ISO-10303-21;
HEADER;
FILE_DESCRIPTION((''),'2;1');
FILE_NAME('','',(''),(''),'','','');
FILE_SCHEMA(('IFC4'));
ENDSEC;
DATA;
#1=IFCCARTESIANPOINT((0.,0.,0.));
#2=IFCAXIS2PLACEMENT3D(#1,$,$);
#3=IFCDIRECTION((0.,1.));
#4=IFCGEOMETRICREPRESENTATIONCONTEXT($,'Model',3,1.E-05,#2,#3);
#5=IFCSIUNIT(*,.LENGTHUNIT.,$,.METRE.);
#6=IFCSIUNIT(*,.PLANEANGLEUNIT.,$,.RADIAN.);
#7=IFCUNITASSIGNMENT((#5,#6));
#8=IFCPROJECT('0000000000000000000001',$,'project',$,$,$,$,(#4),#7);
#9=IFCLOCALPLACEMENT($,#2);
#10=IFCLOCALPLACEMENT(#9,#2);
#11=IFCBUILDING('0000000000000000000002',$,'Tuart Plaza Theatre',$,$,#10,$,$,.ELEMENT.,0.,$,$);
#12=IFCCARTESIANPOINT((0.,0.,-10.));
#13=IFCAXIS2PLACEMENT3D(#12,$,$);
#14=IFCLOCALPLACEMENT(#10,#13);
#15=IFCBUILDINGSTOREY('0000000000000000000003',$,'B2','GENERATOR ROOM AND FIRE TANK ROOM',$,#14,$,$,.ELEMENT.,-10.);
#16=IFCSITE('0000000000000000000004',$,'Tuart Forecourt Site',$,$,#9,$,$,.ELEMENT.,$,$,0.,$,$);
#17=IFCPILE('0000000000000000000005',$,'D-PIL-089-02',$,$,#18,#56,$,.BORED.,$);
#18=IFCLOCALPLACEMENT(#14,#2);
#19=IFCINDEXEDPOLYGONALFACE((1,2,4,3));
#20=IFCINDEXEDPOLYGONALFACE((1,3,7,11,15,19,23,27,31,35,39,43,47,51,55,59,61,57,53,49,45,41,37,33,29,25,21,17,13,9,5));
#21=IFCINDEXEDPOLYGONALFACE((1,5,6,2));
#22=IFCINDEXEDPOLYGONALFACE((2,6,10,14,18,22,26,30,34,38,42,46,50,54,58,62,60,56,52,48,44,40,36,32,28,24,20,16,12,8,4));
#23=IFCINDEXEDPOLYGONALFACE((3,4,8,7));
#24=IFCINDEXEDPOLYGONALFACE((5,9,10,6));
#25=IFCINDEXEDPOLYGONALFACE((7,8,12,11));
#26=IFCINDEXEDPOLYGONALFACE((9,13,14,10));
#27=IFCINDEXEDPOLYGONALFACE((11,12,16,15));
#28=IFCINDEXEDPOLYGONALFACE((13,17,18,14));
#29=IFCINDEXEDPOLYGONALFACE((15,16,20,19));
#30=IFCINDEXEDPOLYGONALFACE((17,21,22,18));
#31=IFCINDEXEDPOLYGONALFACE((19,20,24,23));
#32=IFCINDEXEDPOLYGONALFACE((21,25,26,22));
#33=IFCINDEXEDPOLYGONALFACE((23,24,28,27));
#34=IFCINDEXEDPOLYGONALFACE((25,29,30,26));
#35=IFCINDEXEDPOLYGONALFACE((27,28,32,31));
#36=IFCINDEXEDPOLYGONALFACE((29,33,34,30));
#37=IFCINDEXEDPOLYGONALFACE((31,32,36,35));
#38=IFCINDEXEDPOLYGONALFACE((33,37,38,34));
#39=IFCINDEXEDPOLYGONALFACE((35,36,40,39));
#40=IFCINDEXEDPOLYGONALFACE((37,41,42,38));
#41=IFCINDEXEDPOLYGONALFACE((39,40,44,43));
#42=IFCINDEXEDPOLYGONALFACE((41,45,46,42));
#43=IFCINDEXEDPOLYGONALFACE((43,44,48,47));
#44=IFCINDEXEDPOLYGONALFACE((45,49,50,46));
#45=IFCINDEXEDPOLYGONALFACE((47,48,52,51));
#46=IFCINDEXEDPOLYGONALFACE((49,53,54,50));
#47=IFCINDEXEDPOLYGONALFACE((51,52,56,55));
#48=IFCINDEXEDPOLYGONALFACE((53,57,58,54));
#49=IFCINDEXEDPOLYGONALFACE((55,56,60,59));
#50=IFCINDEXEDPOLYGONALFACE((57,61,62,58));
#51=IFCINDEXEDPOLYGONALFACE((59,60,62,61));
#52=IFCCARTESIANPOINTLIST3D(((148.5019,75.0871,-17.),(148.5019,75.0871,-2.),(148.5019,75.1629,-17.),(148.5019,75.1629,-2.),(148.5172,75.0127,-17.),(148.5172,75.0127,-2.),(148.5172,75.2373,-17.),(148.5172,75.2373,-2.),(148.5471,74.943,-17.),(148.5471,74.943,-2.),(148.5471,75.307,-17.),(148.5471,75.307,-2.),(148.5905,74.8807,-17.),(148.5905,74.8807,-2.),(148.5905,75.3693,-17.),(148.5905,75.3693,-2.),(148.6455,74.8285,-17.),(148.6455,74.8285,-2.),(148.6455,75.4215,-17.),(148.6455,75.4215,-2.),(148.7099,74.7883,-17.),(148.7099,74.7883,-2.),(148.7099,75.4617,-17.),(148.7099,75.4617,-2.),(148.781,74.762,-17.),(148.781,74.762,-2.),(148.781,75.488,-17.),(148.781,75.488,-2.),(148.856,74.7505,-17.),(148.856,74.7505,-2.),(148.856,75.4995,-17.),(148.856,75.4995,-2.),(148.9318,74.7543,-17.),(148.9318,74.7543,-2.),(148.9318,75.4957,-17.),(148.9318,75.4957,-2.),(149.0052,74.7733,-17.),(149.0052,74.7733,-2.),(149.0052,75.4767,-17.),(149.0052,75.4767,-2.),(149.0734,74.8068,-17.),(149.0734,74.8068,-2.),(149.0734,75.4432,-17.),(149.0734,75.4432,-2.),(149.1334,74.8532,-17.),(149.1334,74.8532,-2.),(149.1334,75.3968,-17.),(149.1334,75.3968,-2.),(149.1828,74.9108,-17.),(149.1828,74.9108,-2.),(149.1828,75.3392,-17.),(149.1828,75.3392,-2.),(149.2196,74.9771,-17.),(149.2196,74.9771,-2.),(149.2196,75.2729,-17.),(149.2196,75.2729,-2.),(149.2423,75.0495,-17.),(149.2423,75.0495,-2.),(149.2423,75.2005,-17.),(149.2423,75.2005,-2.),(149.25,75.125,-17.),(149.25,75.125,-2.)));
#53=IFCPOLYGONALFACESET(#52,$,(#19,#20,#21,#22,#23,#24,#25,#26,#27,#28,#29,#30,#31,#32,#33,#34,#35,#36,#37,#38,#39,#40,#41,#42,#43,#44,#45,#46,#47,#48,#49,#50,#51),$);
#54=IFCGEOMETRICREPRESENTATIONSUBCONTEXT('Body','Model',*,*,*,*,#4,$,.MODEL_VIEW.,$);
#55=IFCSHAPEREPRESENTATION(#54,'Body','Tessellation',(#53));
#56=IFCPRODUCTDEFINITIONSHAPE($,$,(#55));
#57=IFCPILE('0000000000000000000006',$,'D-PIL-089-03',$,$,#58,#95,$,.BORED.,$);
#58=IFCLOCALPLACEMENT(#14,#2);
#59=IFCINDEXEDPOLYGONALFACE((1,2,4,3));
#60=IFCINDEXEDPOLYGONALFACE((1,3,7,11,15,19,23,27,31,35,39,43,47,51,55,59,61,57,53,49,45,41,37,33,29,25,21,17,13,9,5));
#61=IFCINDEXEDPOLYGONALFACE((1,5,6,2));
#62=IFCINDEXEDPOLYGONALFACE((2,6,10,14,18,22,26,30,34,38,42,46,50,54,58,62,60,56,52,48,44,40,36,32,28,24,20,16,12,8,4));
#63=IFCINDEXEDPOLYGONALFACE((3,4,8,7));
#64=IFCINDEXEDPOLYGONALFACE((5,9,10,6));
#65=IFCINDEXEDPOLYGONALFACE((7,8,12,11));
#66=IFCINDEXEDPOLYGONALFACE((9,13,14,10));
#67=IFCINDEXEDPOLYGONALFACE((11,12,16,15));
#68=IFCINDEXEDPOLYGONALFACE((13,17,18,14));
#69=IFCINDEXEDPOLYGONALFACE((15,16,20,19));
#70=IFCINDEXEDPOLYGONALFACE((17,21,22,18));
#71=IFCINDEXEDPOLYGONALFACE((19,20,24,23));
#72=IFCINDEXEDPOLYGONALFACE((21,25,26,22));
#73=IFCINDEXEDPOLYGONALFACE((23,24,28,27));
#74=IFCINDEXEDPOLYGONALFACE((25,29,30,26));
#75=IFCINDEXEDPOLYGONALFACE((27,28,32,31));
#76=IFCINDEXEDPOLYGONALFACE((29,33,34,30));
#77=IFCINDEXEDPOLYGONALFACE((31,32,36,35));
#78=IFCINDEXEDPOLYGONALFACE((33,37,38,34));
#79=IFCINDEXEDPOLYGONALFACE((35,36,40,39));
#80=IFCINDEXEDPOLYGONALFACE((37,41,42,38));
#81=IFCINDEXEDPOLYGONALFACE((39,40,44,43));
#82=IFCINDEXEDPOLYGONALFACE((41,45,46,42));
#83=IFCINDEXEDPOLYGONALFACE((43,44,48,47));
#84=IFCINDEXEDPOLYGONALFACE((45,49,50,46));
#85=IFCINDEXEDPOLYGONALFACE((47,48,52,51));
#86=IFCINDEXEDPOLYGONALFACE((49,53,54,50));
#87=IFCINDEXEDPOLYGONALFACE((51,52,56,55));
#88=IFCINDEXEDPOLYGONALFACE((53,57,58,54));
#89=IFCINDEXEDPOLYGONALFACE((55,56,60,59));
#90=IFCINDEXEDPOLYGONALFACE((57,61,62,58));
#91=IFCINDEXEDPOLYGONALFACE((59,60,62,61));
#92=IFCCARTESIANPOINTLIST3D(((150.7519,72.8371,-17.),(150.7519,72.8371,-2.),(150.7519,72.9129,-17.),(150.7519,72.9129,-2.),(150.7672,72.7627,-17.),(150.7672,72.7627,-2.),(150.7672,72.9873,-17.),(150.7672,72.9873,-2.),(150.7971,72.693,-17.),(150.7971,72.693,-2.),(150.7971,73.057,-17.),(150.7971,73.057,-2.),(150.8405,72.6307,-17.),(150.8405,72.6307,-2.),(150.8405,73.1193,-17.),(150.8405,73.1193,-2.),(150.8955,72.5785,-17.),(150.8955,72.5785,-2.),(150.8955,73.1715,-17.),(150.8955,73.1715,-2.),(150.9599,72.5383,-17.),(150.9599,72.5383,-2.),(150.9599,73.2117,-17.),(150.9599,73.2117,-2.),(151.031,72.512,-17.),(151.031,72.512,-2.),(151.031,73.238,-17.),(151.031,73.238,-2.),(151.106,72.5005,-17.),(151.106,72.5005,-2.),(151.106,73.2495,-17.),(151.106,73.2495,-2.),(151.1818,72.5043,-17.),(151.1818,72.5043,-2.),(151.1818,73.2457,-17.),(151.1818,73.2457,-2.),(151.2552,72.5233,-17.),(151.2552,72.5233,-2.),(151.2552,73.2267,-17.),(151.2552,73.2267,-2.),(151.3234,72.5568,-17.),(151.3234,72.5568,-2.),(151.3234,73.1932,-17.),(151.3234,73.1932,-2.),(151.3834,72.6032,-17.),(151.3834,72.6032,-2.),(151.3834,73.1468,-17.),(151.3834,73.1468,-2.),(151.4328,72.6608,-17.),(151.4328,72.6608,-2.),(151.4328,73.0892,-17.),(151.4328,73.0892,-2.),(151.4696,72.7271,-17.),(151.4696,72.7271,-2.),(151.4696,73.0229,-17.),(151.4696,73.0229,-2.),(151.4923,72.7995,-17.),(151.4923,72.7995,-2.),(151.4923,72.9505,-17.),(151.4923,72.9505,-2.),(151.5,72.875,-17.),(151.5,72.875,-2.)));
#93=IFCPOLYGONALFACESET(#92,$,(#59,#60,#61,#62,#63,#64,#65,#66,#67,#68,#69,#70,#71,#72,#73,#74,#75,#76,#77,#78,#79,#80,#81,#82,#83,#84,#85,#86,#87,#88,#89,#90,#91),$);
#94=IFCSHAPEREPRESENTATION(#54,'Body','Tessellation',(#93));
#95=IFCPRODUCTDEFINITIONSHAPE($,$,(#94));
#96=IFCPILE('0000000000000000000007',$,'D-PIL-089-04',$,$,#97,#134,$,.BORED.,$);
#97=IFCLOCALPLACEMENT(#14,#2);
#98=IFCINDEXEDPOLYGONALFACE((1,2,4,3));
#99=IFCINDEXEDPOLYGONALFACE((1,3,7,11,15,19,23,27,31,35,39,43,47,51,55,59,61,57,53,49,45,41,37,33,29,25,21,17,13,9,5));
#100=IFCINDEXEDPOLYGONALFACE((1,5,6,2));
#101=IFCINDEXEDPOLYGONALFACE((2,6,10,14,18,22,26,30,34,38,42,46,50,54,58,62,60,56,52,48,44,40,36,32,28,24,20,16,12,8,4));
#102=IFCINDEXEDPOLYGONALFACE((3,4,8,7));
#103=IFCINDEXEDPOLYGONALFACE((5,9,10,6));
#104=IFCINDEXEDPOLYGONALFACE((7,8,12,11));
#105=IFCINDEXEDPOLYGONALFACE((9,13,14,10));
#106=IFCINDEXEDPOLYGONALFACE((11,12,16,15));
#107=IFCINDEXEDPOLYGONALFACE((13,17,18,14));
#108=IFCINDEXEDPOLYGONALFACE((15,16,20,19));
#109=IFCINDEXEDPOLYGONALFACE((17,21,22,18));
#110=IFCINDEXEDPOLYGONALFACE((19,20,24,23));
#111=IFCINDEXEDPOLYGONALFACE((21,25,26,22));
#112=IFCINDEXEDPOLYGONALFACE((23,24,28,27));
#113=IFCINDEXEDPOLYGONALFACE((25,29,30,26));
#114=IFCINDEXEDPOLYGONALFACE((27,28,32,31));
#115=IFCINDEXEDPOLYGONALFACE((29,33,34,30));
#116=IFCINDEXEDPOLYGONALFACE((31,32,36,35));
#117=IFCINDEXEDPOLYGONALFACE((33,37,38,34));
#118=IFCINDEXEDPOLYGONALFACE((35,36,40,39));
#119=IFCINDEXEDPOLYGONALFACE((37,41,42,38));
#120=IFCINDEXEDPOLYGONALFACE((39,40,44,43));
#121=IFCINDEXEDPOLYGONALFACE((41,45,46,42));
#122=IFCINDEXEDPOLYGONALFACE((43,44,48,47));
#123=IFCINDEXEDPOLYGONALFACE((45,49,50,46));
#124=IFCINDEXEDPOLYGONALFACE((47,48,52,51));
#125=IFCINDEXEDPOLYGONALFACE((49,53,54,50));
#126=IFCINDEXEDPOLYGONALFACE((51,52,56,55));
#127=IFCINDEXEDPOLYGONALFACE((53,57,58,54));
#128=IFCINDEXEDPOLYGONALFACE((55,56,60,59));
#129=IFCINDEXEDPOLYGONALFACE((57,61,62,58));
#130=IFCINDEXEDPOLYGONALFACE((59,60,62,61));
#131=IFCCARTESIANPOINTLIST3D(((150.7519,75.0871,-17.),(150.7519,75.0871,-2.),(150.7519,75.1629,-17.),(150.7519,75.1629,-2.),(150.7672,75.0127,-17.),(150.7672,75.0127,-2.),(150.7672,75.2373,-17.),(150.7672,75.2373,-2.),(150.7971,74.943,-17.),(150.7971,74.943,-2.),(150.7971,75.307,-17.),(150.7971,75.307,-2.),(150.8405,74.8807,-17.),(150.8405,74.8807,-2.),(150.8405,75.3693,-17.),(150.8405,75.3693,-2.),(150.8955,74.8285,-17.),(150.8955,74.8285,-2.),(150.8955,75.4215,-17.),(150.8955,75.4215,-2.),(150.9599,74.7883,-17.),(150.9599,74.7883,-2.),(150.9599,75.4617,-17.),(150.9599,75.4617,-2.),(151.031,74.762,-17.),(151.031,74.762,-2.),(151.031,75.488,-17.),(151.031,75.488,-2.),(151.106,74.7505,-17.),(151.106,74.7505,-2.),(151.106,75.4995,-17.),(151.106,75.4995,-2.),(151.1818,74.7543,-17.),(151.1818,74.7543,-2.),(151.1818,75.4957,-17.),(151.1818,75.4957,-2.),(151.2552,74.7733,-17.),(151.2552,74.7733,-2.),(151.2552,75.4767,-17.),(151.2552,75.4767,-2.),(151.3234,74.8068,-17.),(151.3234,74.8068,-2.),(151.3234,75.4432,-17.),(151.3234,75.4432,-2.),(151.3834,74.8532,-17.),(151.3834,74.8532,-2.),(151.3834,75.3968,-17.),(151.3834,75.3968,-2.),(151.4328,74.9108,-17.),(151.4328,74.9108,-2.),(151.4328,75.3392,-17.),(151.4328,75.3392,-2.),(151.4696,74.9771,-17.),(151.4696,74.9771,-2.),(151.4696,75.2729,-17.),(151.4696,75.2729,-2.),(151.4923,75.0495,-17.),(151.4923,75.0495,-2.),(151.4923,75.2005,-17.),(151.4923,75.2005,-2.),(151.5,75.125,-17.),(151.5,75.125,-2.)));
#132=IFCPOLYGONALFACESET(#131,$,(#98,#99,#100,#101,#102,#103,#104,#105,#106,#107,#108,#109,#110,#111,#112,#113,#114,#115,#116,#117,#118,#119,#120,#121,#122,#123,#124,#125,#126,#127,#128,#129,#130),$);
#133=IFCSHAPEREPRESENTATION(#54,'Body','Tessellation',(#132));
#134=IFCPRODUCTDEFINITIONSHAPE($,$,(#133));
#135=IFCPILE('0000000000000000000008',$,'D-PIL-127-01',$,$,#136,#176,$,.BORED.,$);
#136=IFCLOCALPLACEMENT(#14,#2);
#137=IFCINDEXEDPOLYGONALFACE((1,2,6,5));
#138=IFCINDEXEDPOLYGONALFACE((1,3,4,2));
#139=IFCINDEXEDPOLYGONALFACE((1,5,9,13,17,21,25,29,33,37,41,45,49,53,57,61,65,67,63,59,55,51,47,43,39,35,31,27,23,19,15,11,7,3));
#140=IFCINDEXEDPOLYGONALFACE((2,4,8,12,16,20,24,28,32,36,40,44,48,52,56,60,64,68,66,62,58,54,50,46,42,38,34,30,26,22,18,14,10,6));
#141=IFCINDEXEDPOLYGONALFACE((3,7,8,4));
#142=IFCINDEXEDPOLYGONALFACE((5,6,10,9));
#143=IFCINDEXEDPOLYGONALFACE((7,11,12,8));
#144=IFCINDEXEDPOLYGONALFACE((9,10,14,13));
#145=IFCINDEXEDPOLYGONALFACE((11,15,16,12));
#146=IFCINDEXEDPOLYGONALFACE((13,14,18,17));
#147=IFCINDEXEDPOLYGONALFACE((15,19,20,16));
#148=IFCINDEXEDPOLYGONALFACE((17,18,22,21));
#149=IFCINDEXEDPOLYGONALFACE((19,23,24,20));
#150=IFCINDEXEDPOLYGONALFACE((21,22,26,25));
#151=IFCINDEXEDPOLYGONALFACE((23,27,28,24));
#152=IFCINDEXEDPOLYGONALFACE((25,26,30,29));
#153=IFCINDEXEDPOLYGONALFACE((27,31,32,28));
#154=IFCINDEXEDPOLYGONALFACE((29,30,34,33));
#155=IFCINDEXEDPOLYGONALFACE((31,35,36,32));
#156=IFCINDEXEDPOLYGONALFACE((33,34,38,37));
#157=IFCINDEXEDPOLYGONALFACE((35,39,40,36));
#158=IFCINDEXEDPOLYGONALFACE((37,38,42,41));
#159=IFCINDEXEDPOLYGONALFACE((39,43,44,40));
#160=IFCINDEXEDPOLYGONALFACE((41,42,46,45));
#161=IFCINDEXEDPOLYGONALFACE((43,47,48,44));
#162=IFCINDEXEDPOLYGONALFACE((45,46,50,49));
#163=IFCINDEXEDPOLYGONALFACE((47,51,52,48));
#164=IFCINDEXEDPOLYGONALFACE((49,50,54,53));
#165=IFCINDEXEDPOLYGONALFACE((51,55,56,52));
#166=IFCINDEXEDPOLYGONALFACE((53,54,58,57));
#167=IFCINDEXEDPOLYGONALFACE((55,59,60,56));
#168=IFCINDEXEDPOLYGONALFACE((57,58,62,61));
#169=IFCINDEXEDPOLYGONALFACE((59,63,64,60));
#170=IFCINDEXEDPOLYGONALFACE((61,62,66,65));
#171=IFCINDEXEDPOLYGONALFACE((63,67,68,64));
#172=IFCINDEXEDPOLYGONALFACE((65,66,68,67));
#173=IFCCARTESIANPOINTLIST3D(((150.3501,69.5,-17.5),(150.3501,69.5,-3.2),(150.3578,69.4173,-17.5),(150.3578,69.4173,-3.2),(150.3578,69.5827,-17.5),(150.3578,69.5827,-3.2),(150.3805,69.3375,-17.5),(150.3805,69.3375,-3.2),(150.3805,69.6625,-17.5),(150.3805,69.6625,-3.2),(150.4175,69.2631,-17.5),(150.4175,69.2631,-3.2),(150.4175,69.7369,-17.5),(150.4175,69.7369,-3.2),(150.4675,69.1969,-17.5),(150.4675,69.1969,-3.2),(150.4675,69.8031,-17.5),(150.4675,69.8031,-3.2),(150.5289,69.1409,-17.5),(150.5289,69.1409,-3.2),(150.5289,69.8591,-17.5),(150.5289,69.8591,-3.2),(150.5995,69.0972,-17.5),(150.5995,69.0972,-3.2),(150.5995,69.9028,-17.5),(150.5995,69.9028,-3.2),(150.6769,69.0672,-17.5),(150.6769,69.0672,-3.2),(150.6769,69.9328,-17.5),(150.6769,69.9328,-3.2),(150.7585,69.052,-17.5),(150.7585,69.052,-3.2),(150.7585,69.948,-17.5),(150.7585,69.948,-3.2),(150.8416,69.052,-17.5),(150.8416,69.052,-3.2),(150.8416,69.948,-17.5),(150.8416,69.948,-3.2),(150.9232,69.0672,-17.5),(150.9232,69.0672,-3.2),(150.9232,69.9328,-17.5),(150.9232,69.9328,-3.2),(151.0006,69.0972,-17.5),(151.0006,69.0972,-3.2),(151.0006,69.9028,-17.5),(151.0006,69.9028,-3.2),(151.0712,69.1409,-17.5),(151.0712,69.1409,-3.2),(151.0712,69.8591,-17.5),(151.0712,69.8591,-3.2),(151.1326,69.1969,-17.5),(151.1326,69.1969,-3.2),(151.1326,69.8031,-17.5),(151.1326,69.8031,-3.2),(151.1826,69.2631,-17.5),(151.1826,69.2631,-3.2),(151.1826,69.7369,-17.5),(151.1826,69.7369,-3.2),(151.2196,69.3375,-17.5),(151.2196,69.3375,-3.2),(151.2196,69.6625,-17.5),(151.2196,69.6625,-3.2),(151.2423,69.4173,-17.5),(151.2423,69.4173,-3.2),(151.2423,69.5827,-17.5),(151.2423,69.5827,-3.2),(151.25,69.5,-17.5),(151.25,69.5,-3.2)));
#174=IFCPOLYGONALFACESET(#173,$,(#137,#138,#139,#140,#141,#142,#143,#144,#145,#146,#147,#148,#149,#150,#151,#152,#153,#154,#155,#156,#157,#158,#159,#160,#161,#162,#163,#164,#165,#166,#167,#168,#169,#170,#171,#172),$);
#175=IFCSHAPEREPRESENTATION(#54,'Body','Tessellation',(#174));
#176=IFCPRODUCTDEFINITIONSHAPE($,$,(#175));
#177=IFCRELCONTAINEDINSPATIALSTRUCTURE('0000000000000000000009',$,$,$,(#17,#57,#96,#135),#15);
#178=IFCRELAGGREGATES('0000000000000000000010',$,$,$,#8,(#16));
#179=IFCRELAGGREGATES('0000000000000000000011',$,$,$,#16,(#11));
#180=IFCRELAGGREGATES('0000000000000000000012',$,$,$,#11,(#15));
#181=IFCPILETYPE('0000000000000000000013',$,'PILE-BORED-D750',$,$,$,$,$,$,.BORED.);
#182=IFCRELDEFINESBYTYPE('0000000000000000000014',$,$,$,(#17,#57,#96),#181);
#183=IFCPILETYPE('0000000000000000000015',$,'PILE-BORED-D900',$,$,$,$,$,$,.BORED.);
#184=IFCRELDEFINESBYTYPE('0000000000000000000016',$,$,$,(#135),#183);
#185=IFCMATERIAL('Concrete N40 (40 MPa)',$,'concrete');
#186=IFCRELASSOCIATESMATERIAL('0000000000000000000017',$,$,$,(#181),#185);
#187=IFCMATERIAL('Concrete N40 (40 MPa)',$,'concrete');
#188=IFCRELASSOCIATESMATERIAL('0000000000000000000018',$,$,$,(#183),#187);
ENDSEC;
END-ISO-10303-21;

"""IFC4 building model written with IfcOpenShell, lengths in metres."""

from ifc_helpers import new_model, si_unit, direction, frame, origin, origin_2d, place, context, subcontext, project, spatial, circle, extrude, material, material_profile, profile_set, type_object, element, save


model = new_model("IFC4")

# Units and contexts
model_context = context("Model", 3, precision=1e-05, world=origin(), true_north=direction((0.0, 1.0)))
body_context = subcontext(model_context, "Body", "Model", "MODEL_VIEW")
ifc_project = project(units=[si_unit("LENGTHUNIT", "METRE"), si_unit("PLANEANGLEUNIT", "RADIAN")], contexts=[model_context])

# Site, building, storey
site_placement = place(None, origin())
site = spatial("IfcSite", under=ifc_project, at=site_placement, Name="Tuart Forecourt Site", CompositionType="ELEMENT", RefElevation=0.0)
building_placement = place(site_placement, origin())
building = spatial("IfcBuilding", under=site, at=building_placement, Name="Tuart Plaza Theatre", CompositionType="ELEMENT", ElevationOfRefHeight=0.0)
storey_placement = place(building_placement, frame((0.0, 0.0, -10.0)))
storey = spatial("IfcBuildingStorey", under=building, at=storey_placement, Name="B2", Description="GENERATOR ROOM AND FIRE TANK ROOM", CompositionType="ELEMENT", Elevation=-10.0)

# Piles
ifc_material_1 = material(Name="Concrete N40 (40 MPa)", Category="concrete")
ifc_material_profile_1 = material_profile(ifc_material_1, circle(Radius=0.375, at=origin_2d()), Name="PILE-BORED-D750")
ifc_profile_set_1 = profile_set([ifc_material_profile_1], Name="Concrete N40 (40 MPa)")
pile_type_1 = type_object("IfcPileType", Name="PILE-BORED-D750", PredefinedType="BORED", material=ifc_profile_set_1)
for number, where, z_axis, x_axis, name in (
    (1, (148.875, 75.125, -2.0), (0.0, 0.0, -1.0), (1.0, 0.0, 0.0), "D-PIL-089-02"),
    (2, (151.125, 72.875, -2.0), (0.0, 0.0, -1.0), (1.0, 0.0, 0.0), "D-PIL-089-03"),
    (3, (151.125, 75.125, -2.0), (0.0, 0.0, -1.0), (1.0, 0.0, 0.0), "D-PIL-089-04"),
):
    element("IfcPile", number, at=place(storey_placement, frame(where, z_axis=z_axis, x_axis=x_axis)), inside=storey, type_object=pile_type_1, Name=name, PredefinedType="BORED", context=body_context, shape_type="SweptSolid", body=[
        extrude(circle(Radius=0.375, at=origin_2d()), origin(), (0.0, 0.0, 1.0), 15.0),
    ])
ifc_material_2 = material(Name="Concrete N40 (40 MPa)", Category="concrete")
ifc_material_profile_2 = material_profile(ifc_material_2, circle(Radius=0.45, at=origin_2d()), Name="PILE-BORED-D900")
ifc_profile_set_2 = profile_set([ifc_material_profile_2], Name="Concrete N40 (40 MPa)")
pile_type_2 = type_object("IfcPileType", Name="PILE-BORED-D900", PredefinedType="BORED", material=ifc_profile_set_2)
for number, where, z_axis, x_axis, name in (
    (4, (150.8, 69.5, -3.2), (0.0, 0.0, -1.0), (1.0, 0.0, 0.0), "D-PIL-127-01"),
):
    element("IfcPile", number, at=place(storey_placement, frame(where, z_axis=z_axis, x_axis=x_axis)), inside=storey, type_object=pile_type_2, Name=name, PredefinedType="BORED", context=body_context, shape_type="SweptSolid", body=[
        extrude(circle(Radius=0.45, at=origin_2d()), origin(), (0.0, 0.0, 1.0), 14.3),
    ])

save(model, "model.ifc")
